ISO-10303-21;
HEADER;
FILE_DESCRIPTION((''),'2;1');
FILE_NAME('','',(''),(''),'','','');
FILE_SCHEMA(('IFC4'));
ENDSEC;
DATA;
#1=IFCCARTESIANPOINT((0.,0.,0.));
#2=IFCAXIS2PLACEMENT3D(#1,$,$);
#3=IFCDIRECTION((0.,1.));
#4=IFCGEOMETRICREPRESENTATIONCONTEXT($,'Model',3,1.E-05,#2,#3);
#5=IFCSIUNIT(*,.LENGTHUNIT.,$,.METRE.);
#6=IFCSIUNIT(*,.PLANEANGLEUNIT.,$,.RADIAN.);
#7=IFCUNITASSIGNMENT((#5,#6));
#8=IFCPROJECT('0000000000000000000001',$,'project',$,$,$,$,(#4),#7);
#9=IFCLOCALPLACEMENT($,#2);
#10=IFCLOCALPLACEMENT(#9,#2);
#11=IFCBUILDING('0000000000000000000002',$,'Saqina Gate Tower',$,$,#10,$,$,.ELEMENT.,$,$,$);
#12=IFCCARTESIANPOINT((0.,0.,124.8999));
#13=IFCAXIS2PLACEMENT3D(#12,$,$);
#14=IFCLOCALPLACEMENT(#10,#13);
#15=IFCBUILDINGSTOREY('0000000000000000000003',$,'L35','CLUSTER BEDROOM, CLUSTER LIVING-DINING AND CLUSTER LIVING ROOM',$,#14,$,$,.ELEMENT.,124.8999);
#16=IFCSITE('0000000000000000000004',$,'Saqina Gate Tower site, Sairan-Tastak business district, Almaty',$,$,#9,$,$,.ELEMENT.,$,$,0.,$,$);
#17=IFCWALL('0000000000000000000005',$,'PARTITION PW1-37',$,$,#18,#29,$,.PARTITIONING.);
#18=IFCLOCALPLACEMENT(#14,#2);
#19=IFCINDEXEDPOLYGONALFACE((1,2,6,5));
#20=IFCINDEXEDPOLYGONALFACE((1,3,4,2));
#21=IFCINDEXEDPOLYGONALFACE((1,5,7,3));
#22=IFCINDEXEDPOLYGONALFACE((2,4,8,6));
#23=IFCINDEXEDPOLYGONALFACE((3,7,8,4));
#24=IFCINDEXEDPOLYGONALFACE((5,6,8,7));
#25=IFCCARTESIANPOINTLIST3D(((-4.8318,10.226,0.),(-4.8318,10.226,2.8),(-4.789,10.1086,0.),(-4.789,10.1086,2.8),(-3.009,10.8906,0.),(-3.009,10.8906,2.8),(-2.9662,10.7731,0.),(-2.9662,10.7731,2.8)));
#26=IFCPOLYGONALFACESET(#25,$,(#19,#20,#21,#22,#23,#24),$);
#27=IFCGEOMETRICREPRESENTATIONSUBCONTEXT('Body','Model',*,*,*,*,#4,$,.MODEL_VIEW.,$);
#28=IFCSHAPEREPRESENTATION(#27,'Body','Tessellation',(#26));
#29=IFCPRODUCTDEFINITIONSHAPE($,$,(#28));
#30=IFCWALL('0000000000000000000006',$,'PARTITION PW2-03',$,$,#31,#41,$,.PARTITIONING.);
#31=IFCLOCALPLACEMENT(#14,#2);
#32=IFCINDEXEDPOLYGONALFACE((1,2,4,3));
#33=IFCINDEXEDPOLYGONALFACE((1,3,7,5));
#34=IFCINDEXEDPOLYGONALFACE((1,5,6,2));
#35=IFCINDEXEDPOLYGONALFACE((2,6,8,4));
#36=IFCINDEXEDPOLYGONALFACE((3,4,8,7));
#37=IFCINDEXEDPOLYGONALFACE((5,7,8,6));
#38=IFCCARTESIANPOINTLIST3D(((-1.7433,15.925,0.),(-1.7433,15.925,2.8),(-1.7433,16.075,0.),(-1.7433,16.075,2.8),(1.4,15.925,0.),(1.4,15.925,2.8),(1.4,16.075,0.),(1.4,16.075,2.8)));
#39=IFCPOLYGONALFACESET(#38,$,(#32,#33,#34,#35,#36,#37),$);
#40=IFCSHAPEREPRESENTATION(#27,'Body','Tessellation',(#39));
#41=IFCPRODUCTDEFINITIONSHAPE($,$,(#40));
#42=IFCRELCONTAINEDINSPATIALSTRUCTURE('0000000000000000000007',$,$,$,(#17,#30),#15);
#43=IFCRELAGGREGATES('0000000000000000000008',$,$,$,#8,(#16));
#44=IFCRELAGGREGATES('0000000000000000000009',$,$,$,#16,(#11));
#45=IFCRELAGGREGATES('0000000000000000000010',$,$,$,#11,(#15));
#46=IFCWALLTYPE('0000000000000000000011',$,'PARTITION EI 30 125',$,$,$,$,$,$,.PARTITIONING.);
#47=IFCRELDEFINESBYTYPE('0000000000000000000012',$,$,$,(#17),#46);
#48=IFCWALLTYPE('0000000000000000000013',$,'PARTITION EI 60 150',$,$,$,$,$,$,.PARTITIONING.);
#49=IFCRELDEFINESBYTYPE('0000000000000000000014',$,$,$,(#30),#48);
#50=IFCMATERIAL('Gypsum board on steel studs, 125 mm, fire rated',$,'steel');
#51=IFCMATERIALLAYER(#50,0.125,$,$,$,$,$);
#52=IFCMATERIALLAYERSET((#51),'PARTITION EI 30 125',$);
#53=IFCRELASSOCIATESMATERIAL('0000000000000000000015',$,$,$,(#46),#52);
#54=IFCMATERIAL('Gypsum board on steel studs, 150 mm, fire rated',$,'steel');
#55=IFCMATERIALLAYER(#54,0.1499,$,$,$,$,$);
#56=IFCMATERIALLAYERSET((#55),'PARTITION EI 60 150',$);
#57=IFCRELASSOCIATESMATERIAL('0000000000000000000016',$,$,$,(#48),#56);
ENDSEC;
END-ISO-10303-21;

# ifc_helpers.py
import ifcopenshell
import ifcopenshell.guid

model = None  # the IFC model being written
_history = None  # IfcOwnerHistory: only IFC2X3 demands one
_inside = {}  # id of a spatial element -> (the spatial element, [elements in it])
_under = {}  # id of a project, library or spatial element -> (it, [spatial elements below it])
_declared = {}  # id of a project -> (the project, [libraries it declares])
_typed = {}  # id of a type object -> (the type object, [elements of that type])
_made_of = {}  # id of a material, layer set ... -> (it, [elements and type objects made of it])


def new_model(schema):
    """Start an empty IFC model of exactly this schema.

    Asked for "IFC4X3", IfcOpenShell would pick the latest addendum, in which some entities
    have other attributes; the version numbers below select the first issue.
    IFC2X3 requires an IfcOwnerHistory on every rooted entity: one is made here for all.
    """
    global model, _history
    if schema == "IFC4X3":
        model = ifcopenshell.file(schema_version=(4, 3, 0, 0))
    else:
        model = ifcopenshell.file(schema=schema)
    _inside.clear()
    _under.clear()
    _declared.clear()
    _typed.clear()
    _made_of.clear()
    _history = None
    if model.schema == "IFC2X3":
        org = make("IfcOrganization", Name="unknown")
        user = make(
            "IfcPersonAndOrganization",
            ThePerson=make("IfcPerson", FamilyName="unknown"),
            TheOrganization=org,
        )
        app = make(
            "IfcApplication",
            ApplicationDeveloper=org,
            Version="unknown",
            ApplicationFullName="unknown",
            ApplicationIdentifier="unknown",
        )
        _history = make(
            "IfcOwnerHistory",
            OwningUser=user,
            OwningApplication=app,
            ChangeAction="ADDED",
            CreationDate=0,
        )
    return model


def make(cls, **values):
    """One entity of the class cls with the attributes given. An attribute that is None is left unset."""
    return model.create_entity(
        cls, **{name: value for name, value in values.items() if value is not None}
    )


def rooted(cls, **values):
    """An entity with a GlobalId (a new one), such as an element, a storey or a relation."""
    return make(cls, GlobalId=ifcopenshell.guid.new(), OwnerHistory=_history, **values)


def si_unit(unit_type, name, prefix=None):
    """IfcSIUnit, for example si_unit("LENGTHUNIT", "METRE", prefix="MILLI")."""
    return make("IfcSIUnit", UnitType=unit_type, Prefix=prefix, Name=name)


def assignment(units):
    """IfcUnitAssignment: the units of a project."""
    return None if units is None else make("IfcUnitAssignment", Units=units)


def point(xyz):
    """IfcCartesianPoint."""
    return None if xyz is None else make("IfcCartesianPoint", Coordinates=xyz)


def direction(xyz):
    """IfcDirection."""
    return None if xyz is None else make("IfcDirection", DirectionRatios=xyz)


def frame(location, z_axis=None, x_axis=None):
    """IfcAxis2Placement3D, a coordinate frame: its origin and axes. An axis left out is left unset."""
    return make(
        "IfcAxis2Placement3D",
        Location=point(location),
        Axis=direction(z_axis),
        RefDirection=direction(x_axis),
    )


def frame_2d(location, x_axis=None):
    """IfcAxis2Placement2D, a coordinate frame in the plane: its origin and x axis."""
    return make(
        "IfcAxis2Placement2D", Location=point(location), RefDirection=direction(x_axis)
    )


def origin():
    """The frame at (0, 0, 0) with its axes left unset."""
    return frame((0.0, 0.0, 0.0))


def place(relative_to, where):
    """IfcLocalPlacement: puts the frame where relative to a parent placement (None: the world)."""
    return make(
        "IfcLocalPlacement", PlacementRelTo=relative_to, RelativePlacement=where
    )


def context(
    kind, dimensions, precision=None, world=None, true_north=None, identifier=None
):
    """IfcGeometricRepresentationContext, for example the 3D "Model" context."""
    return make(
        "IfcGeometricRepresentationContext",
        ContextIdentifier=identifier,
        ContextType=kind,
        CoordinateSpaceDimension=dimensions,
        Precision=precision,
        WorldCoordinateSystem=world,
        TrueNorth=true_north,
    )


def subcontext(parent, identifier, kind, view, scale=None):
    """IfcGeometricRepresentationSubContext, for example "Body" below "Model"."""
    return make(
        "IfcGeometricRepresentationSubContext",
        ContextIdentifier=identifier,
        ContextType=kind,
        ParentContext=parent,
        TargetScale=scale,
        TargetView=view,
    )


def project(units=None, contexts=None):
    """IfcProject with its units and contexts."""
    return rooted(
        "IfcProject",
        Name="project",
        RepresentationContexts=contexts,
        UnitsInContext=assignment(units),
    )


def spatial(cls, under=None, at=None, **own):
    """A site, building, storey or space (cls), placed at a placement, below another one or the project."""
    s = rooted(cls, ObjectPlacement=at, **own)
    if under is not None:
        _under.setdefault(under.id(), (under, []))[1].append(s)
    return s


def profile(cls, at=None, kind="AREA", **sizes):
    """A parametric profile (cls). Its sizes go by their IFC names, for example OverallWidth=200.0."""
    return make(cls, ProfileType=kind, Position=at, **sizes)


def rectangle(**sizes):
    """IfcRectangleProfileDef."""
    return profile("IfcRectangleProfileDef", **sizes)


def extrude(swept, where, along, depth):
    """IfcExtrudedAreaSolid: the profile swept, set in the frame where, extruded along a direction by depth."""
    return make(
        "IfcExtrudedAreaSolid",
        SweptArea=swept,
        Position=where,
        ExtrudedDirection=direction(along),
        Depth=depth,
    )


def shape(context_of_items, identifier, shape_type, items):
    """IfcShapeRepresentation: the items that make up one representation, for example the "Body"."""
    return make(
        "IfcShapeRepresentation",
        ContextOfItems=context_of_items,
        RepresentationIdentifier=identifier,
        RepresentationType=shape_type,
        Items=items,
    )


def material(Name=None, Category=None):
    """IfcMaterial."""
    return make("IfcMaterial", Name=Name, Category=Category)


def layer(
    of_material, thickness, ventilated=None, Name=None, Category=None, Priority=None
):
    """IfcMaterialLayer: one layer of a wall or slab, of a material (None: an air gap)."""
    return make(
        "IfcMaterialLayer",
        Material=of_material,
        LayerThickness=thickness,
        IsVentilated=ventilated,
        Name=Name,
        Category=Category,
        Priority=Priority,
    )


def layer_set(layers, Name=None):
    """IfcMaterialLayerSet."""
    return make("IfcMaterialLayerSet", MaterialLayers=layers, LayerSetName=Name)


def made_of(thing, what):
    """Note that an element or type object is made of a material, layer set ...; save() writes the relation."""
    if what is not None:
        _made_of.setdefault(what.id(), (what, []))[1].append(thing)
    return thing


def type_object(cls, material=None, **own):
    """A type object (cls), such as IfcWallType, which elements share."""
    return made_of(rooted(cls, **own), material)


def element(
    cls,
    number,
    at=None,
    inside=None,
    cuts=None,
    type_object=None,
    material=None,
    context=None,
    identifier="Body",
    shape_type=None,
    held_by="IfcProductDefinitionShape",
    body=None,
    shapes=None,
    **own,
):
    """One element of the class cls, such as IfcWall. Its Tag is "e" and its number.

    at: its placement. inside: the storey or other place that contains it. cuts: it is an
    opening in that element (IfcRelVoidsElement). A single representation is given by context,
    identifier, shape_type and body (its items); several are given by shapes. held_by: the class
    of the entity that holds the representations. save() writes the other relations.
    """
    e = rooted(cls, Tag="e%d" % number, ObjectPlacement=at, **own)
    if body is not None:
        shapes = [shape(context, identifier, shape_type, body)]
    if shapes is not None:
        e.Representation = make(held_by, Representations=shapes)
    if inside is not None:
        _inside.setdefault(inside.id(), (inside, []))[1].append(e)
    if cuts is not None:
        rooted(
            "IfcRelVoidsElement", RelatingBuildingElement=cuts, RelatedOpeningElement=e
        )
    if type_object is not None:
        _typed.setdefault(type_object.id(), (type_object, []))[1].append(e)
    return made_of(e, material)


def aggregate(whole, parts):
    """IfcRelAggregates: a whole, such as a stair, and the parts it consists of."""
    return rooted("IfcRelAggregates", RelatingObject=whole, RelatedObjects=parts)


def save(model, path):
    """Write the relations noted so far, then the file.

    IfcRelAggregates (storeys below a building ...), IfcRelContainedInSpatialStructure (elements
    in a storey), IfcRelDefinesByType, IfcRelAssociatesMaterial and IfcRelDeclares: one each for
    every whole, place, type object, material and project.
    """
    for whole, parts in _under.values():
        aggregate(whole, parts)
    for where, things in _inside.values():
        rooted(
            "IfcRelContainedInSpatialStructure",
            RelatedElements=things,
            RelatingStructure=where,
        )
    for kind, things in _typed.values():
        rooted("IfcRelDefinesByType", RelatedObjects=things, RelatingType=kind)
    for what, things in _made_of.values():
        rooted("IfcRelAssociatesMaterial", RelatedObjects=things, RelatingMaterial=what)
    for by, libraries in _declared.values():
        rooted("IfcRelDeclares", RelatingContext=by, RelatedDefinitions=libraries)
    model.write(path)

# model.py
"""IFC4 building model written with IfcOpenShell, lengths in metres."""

from ifc_helpers import new_model, si_unit, direction, frame, frame_2d, origin, place, context, subcontext, project, spatial, rectangle, extrude, material, layer, layer_set, type_object, element, save


model = new_model("IFC4")

# Units and contexts
model_context = context("Model", 3, precision=1e-05, world=origin(), true_north=direction((0.0, 1.0)))
body_context = subcontext(model_context, "Body", "Model", "MODEL_VIEW")
ifc_project = project(units=[si_unit("LENGTHUNIT", "METRE"), si_unit("PLANEANGLEUNIT", "RADIAN")], contexts=[model_context])

# Site, building, storey
site_placement = place(None, origin())
site = spatial("IfcSite", under=ifc_project, at=site_placement, Name="Saqina Gate Tower site, Sairan-Tastak business district, Almaty", CompositionType="ELEMENT", RefElevation=0.0)
building_placement = place(site_placement, origin())
building = spatial("IfcBuilding", under=site, at=building_placement, Name="Saqina Gate Tower", CompositionType="ELEMENT")
storey_placement = place(building_placement, frame((0.0, 0.0, 124.8999)))
storey = spatial("IfcBuildingStorey", under=building, at=storey_placement, Name="L35", Description="CLUSTER BEDROOM, CLUSTER LIVING-DINING AND CLUSTER LIVING ROOM", CompositionType="ELEMENT", Elevation=124.8999)

# Walls
ifc_material_1 = material(Name="Gypsum board on steel studs, 125 mm, fire rated", Category="steel")
ifc_layer_1 = layer(ifc_material_1, 0.125)
ifc_layer_set_1 = layer_set([ifc_layer_1], Name="PARTITION EI 30 125")
wall_type_1 = type_object("IfcWallType", Name="PARTITION EI 30 125", PredefinedType="PARTITIONING", material=ifc_layer_set_1)
wall_1_placement = place(storey_placement, frame((-4.8105, 10.1672, 0.0), z_axis=(0.0, 0.0, 1.0), x_axis=(0.939507, 0.342531, 0.0)))
element("IfcWall", 1, at=wall_1_placement, inside=storey, type_object=wall_type_1, Name="PARTITION PW1-37", PredefinedType="PARTITIONING", context=body_context, shape_type="SweptSolid", body=[
    extrude(rectangle(XDim=1.9402, YDim=0.125, at=frame_2d((0.9702, 0.0))), origin(), (0.0, 0.0, 1.0), 2.8),
])
ifc_material_2 = material(Name="Gypsum board on steel studs, 150 mm, fire rated", Category="steel")
ifc_layer_2 = layer(ifc_material_2, 0.1499)
ifc_layer_set_2 = layer_set([ifc_layer_2], Name="PARTITION EI 60 150")
wall_type_2 = type_object("IfcWallType", Name="PARTITION EI 60 150", PredefinedType="PARTITIONING", material=ifc_layer_set_2)
wall_2_placement = place(storey_placement, frame((-1.7434, 16.0, 0.0), z_axis=(0.0, 0.0, 1.0), x_axis=(1.0, 0.0, 0.0)))
element("IfcWall", 2, at=wall_2_placement, inside=storey, type_object=wall_type_2, Name="PARTITION PW2-03", PredefinedType="PARTITIONING", context=body_context, shape_type="SweptSolid", body=[
    extrude(rectangle(XDim=3.1433, YDim=0.1499, at=frame_2d((1.5718, 0.0))), origin(), (0.0, 0.0, 1.0), 2.8),
])

save(model, "model.ifc")
